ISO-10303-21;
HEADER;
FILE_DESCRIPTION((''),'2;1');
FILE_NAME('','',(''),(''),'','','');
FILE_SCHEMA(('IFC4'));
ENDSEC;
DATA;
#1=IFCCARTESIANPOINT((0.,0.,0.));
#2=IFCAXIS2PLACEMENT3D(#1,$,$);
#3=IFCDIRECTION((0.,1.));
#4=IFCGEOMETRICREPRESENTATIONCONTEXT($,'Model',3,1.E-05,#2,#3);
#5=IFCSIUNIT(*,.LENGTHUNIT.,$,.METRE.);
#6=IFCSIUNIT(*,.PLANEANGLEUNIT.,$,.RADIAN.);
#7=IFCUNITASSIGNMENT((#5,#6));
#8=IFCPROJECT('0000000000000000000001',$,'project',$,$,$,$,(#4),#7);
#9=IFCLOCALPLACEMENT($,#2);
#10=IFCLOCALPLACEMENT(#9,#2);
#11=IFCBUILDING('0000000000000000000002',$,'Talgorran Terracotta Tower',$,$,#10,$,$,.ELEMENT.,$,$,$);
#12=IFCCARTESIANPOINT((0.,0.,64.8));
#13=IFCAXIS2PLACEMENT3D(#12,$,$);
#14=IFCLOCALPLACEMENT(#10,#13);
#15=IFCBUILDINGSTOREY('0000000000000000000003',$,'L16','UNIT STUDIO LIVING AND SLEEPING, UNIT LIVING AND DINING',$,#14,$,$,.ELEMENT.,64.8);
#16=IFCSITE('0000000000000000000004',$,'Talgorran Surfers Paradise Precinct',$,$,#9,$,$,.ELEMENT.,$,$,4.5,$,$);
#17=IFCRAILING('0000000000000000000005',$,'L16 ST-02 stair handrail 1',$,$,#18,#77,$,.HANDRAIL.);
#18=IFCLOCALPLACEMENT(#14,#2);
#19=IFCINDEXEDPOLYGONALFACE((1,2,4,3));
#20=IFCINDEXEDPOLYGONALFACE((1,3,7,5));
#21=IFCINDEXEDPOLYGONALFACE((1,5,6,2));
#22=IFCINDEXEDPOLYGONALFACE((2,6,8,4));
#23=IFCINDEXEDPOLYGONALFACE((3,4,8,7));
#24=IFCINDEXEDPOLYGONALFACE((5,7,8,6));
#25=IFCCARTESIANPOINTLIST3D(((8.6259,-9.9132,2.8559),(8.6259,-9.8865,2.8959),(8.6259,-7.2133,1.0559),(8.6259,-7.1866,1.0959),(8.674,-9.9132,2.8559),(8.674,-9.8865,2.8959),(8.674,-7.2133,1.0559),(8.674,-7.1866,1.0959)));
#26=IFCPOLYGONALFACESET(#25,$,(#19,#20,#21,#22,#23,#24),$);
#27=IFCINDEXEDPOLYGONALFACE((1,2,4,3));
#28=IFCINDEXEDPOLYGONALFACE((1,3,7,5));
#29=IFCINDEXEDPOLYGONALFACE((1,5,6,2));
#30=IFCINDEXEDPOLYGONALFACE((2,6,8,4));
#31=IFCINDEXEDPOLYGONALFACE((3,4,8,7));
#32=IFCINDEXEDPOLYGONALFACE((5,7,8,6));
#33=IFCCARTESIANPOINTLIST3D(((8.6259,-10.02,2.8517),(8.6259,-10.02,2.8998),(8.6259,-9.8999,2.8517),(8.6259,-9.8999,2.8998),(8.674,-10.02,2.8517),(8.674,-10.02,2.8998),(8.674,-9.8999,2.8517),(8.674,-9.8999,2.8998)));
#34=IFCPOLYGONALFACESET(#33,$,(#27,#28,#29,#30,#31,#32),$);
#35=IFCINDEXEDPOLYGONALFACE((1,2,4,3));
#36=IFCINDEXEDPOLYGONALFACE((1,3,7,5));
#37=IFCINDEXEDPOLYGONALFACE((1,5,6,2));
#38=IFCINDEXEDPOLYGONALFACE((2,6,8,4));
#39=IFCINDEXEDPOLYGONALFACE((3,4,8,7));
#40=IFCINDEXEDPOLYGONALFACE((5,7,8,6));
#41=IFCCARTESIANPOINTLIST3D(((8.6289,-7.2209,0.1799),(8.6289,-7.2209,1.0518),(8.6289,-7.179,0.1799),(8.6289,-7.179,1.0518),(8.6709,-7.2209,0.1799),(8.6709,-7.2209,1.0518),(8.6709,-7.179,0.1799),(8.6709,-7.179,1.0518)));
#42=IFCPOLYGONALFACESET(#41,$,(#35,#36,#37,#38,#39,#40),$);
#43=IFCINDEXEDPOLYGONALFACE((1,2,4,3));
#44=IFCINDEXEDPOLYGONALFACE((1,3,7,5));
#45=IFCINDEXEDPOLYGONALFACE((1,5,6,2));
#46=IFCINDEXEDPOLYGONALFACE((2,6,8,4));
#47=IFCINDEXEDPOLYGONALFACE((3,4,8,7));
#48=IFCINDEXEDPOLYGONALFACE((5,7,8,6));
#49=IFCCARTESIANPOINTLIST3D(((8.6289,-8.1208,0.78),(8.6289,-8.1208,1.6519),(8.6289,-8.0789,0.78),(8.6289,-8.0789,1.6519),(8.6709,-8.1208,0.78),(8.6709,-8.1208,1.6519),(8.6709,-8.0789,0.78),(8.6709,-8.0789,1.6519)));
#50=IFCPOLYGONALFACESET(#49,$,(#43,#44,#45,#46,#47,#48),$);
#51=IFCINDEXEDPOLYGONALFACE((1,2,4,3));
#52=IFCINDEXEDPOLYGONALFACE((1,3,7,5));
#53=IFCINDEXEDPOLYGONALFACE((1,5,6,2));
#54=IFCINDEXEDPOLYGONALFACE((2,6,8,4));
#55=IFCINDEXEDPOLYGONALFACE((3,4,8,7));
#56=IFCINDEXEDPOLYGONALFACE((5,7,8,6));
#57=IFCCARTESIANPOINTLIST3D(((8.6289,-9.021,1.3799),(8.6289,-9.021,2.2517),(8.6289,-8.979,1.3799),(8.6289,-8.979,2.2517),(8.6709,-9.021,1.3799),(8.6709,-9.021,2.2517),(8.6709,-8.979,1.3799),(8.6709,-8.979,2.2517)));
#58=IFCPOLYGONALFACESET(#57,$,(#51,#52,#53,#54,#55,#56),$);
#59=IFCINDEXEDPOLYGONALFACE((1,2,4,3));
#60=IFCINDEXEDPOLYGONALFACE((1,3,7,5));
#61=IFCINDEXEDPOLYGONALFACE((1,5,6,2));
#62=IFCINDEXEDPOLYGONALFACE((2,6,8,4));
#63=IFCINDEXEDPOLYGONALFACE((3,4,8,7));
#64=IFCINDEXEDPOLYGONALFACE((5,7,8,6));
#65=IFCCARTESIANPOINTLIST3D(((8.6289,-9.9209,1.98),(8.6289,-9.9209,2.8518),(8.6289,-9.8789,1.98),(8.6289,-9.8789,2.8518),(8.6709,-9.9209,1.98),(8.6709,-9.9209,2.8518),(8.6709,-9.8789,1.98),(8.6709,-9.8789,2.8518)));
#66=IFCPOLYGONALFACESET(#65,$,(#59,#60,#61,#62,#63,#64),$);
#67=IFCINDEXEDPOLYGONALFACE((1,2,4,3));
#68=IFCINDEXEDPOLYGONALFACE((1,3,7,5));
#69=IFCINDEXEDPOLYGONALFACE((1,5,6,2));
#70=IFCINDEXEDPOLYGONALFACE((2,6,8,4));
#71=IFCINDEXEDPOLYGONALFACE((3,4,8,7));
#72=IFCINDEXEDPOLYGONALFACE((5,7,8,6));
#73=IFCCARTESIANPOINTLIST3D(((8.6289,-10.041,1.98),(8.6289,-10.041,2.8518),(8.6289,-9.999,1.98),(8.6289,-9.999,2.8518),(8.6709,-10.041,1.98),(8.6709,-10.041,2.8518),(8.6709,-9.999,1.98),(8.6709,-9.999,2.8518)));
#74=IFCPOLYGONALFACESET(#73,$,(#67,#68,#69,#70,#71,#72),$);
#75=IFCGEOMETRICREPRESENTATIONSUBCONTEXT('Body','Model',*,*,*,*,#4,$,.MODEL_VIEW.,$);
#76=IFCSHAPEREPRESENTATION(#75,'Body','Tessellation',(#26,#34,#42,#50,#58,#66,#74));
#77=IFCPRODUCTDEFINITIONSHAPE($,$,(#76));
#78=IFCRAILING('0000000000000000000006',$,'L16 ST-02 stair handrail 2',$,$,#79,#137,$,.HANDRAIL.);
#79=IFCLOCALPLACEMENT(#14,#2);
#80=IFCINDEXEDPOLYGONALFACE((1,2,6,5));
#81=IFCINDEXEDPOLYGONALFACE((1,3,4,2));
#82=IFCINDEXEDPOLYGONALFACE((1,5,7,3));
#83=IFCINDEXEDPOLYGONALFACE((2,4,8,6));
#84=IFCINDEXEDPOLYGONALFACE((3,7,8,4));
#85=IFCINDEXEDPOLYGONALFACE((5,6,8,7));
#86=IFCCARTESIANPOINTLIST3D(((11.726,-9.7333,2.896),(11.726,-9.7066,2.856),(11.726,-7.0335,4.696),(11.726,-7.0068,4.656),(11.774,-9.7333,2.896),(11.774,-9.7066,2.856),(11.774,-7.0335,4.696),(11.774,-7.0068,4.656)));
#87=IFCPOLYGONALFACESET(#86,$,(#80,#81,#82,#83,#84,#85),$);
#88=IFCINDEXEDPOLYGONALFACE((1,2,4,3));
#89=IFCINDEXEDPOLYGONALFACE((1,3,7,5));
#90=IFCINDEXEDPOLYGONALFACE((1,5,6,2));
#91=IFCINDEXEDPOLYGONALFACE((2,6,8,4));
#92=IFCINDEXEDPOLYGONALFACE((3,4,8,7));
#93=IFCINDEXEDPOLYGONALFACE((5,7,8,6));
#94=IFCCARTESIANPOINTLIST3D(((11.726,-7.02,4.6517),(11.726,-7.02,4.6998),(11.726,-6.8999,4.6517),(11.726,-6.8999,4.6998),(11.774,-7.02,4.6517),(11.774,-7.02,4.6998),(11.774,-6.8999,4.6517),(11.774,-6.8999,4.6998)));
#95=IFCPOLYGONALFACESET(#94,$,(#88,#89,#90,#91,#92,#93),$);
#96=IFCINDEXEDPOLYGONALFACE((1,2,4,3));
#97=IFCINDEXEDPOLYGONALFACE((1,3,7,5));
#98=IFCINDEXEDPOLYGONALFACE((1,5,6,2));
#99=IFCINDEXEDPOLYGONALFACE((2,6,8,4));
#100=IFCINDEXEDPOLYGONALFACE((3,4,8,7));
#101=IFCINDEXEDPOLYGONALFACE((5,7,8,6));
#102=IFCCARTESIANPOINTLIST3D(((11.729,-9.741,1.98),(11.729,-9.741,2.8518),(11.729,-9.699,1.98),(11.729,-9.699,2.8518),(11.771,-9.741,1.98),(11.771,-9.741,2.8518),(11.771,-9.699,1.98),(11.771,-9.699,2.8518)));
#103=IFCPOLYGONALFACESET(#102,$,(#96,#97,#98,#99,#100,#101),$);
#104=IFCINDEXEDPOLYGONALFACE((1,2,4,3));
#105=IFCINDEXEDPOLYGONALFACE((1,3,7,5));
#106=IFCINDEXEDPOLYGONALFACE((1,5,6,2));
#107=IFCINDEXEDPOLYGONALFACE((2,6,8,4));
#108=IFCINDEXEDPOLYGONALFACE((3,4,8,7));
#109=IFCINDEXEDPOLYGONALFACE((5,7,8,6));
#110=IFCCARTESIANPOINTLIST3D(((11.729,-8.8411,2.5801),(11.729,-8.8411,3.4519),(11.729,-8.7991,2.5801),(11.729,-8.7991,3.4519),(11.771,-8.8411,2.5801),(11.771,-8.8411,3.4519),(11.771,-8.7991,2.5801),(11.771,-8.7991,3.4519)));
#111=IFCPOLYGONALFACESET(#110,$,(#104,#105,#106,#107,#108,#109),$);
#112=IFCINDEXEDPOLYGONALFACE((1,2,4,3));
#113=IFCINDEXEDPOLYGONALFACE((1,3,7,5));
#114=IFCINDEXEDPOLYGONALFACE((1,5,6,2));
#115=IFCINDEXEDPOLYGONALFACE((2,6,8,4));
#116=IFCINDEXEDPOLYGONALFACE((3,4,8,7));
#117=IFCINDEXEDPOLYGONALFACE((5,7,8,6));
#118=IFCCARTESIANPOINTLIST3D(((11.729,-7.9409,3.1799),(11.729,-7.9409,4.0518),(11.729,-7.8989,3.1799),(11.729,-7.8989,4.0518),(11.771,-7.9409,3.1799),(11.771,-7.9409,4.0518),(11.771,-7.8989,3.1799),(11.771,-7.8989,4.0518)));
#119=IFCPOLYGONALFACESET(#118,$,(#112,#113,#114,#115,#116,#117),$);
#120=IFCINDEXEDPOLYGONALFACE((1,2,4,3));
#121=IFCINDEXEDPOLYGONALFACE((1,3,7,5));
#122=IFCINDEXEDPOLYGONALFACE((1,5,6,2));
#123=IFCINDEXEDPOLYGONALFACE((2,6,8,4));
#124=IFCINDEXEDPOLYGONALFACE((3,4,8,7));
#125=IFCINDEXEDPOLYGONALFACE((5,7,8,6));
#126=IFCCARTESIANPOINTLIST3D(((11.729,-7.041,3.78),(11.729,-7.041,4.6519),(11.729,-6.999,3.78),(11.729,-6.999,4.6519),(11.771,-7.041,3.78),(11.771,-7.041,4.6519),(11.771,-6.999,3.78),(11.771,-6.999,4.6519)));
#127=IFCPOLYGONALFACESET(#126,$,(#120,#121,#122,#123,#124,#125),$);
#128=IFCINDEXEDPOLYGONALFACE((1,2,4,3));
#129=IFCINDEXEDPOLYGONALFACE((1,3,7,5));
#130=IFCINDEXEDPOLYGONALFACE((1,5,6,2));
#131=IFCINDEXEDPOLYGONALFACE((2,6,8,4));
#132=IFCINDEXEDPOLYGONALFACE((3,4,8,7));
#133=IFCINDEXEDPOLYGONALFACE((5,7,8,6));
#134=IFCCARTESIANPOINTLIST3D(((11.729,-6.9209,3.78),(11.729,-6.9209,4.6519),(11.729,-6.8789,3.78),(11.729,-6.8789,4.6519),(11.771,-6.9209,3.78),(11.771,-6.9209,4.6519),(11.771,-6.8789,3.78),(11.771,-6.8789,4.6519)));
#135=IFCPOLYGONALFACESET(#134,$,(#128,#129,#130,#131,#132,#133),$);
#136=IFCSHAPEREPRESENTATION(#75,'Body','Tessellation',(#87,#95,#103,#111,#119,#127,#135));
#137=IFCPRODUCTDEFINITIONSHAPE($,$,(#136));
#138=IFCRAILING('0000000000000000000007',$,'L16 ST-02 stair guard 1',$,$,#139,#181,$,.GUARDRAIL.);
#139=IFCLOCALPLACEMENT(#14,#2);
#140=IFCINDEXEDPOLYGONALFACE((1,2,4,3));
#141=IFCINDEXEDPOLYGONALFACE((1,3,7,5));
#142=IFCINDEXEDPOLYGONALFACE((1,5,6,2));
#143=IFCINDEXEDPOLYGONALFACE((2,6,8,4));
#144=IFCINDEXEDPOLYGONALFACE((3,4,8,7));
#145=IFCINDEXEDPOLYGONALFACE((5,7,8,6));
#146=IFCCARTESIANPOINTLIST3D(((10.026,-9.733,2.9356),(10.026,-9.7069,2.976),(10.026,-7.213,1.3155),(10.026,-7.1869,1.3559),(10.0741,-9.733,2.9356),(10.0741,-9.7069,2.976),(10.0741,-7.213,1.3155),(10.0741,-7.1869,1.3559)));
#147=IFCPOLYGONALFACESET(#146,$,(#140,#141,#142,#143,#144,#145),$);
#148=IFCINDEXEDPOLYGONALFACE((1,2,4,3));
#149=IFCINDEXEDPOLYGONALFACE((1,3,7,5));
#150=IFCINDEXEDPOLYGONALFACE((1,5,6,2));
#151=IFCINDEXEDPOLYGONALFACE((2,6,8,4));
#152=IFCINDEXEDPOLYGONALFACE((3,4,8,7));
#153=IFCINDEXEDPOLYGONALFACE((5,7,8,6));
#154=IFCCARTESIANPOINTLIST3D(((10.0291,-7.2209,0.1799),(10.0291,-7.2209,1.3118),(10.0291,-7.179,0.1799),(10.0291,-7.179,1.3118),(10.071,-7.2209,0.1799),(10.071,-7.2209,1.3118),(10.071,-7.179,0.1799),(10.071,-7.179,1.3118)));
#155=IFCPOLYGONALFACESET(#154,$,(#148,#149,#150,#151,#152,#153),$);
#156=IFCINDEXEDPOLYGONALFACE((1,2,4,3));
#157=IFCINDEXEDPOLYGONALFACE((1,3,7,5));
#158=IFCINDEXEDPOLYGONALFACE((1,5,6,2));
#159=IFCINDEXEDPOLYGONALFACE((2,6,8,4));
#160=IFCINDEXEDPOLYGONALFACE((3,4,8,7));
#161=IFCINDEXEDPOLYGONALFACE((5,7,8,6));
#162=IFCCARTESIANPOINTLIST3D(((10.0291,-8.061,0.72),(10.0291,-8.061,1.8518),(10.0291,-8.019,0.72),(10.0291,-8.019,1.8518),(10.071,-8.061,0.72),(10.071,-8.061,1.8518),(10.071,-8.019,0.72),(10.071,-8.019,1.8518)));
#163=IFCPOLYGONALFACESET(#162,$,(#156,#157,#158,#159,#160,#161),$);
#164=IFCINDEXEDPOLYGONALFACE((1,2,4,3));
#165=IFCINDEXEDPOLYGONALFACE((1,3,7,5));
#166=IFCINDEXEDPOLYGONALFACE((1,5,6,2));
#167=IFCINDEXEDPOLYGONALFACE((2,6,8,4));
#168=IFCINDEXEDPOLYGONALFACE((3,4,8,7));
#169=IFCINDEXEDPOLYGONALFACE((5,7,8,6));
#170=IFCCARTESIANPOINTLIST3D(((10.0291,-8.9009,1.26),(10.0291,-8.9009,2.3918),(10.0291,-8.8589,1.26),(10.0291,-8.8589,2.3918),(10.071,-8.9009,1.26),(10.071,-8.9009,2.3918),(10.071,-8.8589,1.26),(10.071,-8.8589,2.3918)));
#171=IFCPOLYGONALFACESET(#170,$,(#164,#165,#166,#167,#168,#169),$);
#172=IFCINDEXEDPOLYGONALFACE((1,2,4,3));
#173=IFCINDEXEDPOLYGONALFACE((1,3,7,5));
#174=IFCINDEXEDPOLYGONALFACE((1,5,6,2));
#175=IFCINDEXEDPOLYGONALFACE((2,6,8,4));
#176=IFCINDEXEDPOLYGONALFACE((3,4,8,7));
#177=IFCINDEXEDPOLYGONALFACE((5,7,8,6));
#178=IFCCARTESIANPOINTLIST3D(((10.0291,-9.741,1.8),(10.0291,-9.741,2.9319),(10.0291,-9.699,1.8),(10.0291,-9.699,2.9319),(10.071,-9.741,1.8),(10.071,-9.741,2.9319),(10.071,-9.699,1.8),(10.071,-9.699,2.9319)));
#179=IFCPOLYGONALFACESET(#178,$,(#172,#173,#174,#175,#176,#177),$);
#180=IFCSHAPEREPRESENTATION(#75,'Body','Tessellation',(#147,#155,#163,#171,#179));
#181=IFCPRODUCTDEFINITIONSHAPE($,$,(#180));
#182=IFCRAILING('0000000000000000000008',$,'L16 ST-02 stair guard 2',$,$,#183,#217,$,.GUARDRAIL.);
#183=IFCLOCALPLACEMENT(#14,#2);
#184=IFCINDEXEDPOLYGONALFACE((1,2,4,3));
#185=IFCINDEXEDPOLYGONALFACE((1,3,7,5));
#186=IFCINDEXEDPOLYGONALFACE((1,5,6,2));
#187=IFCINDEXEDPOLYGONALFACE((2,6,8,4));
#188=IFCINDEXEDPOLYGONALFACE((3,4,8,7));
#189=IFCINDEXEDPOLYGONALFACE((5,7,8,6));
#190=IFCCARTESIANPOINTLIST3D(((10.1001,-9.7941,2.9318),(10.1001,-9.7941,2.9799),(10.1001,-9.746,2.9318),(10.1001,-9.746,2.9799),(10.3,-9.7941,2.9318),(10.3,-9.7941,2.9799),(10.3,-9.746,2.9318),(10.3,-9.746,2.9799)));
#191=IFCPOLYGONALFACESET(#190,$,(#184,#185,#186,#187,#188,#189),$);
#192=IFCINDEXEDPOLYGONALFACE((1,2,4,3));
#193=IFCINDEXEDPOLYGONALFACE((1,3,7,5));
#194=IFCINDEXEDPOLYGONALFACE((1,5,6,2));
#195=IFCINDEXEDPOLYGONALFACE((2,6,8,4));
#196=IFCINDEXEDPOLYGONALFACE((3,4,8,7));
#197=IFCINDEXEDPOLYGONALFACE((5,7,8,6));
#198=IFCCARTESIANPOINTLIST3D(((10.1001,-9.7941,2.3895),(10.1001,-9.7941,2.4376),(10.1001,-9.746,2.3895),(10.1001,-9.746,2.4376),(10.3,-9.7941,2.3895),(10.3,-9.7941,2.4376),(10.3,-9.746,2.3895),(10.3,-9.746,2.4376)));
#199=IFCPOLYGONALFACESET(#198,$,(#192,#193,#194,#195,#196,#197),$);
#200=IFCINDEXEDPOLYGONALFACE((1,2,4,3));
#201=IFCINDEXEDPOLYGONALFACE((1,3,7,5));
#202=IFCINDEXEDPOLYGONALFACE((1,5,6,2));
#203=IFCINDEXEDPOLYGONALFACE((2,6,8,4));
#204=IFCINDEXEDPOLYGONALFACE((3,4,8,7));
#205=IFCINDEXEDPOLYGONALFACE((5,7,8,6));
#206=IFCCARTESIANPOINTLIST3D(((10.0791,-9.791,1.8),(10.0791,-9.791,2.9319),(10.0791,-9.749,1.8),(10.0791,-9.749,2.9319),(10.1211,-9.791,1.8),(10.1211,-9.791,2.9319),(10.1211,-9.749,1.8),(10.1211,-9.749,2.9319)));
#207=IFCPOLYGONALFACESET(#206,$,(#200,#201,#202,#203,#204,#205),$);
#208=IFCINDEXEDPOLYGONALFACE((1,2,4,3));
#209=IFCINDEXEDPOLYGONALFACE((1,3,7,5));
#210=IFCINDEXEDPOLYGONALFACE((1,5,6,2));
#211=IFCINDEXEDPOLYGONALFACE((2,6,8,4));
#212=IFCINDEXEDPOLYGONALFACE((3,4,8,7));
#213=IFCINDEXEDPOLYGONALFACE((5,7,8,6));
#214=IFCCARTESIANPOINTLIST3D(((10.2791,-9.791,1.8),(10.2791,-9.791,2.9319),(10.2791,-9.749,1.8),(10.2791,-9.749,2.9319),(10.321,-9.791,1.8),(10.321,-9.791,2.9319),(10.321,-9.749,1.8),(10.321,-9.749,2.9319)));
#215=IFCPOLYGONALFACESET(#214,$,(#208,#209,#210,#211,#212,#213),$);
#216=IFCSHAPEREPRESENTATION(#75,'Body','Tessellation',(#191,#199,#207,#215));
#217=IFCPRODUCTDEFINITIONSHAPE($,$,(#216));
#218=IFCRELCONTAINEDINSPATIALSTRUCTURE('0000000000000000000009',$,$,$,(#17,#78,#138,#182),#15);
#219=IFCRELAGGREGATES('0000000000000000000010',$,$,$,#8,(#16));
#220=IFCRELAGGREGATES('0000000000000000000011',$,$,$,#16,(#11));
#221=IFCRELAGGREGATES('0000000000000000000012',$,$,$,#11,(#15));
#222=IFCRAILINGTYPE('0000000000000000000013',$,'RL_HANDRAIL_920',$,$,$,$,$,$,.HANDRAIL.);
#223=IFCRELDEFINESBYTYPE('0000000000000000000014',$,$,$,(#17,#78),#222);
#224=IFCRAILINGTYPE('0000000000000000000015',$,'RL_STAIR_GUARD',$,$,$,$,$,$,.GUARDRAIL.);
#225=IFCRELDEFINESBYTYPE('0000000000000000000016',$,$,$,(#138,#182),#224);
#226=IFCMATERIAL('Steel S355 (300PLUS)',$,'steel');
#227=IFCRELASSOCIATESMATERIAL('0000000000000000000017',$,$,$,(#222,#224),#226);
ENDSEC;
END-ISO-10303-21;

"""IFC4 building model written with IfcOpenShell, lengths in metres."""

from ifc_helpers import new_model, si_unit, direction, frame, origin, origin_2d, place, context, subcontext, project, spatial, rectangle, extrude, material, type_object, element, save


model = new_model("IFC4")

# Units and contexts
model_context = context("Model", 3, precision=1e-05, world=origin(), true_north=direction((0.0, 1.0)))
body_context = subcontext(model_context, "Body", "Model", "MODEL_VIEW")
ifc_project = project(units=[si_unit("LENGTHUNIT", "METRE"), si_unit("PLANEANGLEUNIT", "RADIAN")], contexts=[model_context])

# Site, building, storey
site_placement = place(None, origin())
site = spatial("IfcSite", under=ifc_project, at=site_placement, Name="Talgorran Surfers Paradise Precinct", CompositionType="ELEMENT", RefElevation=4.5)
building_placement = place(site_placement, origin())
building = spatial("IfcBuilding", under=site, at=building_placement, Name="Talgorran Terracotta Tower", CompositionType="ELEMENT")
storey_placement = place(building_placement, frame((0.0, 0.0, 64.8)))
storey = spatial("IfcBuildingStorey", under=building, at=storey_placement, Name="L16", Description="UNIT STUDIO LIVING AND SLEEPING, UNIT LIVING AND DINING", CompositionType="ELEMENT", Elevation=64.8)

# Shared definitions
ifc_material_1 = material(Name="Steel S355 (300PLUS)", Category="steel")

# Railings
railing_type_1 = type_object("IfcRailingType", Name="RL_HANDRAIL_920", PredefinedType="HANDRAIL", material=ifc_material_1)
railing_1_placement = place(storey_placement, frame((8.6499, -7.2, 0.1799)))
element("IfcRailing", 1, at=railing_1_placement, inside=storey, type_object=railing_type_1, Name="L16 ST-02 stair handrail 1", PredefinedType="HANDRAIL", context=body_context, shape_type="SweptSolid", body=[
    extrude(rectangle(XDim=0.0481, YDim=0.0481, at=origin_2d()), frame((0.0, 0.0, 0.896), z_axis=(0.0, -0.832039, 0.554718), x_axis=(1.0, 0.0, 0.0)), (0.0, 0.0, 1.0), 3.2449),
    extrude(rectangle(XDim=0.0481, YDim=0.0481, at=origin_2d()), frame((0.0, -2.7, 2.6958), z_axis=(0.0, -1.0, 0.0), x_axis=(1.0, 0.0, 0.0)), (0.0, 0.0, 1.0), 0.1201),
    extrude(rectangle(XDim=0.042, YDim=0.042, at=origin_2d()), origin(), (0.0, 0.0, 1.0), 0.8718),
    extrude(rectangle(XDim=0.042, YDim=0.042, at=origin_2d()), frame((0.0, -0.8999, 0.6001)), (0.0, 0.0, 1.0), 0.8718),
    extrude(rectangle(XDim=0.042, YDim=0.042, at=origin_2d()), frame((0.0, -1.8, 1.2)), (0.0, 0.0, 1.0), 0.8718),
    extrude(rectangle(XDim=0.042, YDim=0.042, at=origin_2d()), frame((0.0, -2.7, 1.8)), (0.0, 0.0, 1.0), 0.8718),
    extrude(rectangle(XDim=0.042, YDim=0.042, at=origin_2d()), frame((0.0, -2.8201, 1.8)), (0.0, 0.0, 1.0), 0.8718),
])
railing_2_placement = place(storey_placement, frame((11.75, -9.72, 1.98)))
element("IfcRailing", 2, at=railing_2_placement, inside=storey, type_object=railing_type_1, Name="L16 ST-02 stair handrail 2", PredefinedType="HANDRAIL", context=body_context, shape_type="SweptSolid", body=[
    extrude(rectangle(XDim=0.0481, YDim=0.0481, at=origin_2d()), frame((0.0, 0.0, 0.896), z_axis=(0.0, 0.832039, 0.554718), x_axis=(-1.0, 0.0, 0.0)), (0.0, 0.0, 1.0), 3.2449),
    extrude(rectangle(XDim=0.0481, YDim=0.0481, at=origin_2d()), frame((0.0, 2.7, 2.6958), z_axis=(0.0, 1.0, 0.0), x_axis=(-1.0, 0.0, 0.0)), (0.0, 0.0, 1.0), 0.1201),
    extrude(rectangle(XDim=0.042, YDim=0.042, at=origin_2d()), origin(), (0.0, 0.0, 1.0), 0.8718),
    extrude(rectangle(XDim=0.042, YDim=0.042, at=origin_2d()), frame((0.0, 0.8999, 0.6001)), (0.0, 0.0, 1.0), 0.8718),
    extrude(rectangle(XDim=0.042, YDim=0.042, at=origin_2d()), frame((0.0, 1.8, 1.2)), (0.0, 0.0, 1.0), 0.8718),
    extrude(rectangle(XDim=0.042, YDim=0.042, at=origin_2d()), frame((0.0, 2.7, 1.8)), (0.0, 0.0, 1.0), 0.8718),
    extrude(rectangle(XDim=0.042, YDim=0.042, at=origin_2d()), frame((0.0, 2.8201, 1.8)), (0.0, 0.0, 1.0), 0.8718),
])
railing_type_2 = type_object("IfcRailingType", Name="RL_STAIR_GUARD", PredefinedType="GUARDRAIL", material=ifc_material_1)
railing_3_placement = place(storey_placement, frame((10.05, -7.2, 0.1799)))
element("IfcRailing", 3, at=railing_3_placement, inside=storey, type_object=railing_type_2, Name="L16 ST-02 stair guard 1", PredefinedType="GUARDRAIL", context=body_context, shape_type="SweptSolid", body=[
    extrude(rectangle(XDim=0.0481, YDim=0.0481, at=origin_2d()), frame((0.0, 0.0, 1.1558), z_axis=(0.0, -0.841163, 0.540782), x_axis=(1.0, 0.0, 0.0)), (0.0, 0.0, 1.0), 2.9958),
    extrude(rectangle(XDim=0.042, YDim=0.042, at=origin_2d()), origin(), (0.0, 0.0, 1.0), 1.1318),
    extrude(rectangle(XDim=0.042, YDim=0.042, at=origin_2d()), frame((0.0, -0.8401, 0.54)), (0.0, 0.0, 1.0), 1.1318),
    extrude(rectangle(XDim=0.042, YDim=0.042, at=origin_2d()), frame((0.0, -1.6799, 1.0801)), (0.0, 0.0, 1.0), 1.1318),
    extrude(rectangle(XDim=0.042, YDim=0.042, at=origin_2d()), frame((0.0, -2.52, 1.6201)), (0.0, 0.0, 1.0), 1.1318),
])
railing_4_placement = place(storey_placement, frame((10.1001, -9.77, 1.8)))
element("IfcRailing", 4, at=railing_4_placement, inside=storey, type_object=railing_type_2, Name="L16 ST-02 stair guard 2", PredefinedType="GUARDRAIL", context=body_context, shape_type="SweptSolid", body=[
    extrude(rectangle(XDim=0.0481, YDim=0.0481, at=origin_2d()), frame((0.0, 0.0, 1.1558), z_axis=(1.0, 0.0, 0.0), x_axis=(0.0, 1.0, 0.0)), (0.0, 0.0, 1.0), 0.2),
    extrude(rectangle(XDim=0.0481, YDim=0.0481, at=origin_2d()), frame((0.0, 0.0, 0.6135), z_axis=(1.0, 0.0, 0.0), x_axis=(0.0, 1.0, 0.0)), (0.0, 0.0, 1.0), 0.2),
    extrude(rectangle(XDim=0.042, YDim=0.042, at=origin_2d()), origin(), (0.0, 0.0, 1.0), 1.1318),
    extrude(rectangle(XDim=0.042, YDim=0.042, at=origin_2d()), frame((0.2, 0.0, 0.0)), (0.0, 0.0, 1.0), 1.1318),
])

save(model, "model.ifc")
